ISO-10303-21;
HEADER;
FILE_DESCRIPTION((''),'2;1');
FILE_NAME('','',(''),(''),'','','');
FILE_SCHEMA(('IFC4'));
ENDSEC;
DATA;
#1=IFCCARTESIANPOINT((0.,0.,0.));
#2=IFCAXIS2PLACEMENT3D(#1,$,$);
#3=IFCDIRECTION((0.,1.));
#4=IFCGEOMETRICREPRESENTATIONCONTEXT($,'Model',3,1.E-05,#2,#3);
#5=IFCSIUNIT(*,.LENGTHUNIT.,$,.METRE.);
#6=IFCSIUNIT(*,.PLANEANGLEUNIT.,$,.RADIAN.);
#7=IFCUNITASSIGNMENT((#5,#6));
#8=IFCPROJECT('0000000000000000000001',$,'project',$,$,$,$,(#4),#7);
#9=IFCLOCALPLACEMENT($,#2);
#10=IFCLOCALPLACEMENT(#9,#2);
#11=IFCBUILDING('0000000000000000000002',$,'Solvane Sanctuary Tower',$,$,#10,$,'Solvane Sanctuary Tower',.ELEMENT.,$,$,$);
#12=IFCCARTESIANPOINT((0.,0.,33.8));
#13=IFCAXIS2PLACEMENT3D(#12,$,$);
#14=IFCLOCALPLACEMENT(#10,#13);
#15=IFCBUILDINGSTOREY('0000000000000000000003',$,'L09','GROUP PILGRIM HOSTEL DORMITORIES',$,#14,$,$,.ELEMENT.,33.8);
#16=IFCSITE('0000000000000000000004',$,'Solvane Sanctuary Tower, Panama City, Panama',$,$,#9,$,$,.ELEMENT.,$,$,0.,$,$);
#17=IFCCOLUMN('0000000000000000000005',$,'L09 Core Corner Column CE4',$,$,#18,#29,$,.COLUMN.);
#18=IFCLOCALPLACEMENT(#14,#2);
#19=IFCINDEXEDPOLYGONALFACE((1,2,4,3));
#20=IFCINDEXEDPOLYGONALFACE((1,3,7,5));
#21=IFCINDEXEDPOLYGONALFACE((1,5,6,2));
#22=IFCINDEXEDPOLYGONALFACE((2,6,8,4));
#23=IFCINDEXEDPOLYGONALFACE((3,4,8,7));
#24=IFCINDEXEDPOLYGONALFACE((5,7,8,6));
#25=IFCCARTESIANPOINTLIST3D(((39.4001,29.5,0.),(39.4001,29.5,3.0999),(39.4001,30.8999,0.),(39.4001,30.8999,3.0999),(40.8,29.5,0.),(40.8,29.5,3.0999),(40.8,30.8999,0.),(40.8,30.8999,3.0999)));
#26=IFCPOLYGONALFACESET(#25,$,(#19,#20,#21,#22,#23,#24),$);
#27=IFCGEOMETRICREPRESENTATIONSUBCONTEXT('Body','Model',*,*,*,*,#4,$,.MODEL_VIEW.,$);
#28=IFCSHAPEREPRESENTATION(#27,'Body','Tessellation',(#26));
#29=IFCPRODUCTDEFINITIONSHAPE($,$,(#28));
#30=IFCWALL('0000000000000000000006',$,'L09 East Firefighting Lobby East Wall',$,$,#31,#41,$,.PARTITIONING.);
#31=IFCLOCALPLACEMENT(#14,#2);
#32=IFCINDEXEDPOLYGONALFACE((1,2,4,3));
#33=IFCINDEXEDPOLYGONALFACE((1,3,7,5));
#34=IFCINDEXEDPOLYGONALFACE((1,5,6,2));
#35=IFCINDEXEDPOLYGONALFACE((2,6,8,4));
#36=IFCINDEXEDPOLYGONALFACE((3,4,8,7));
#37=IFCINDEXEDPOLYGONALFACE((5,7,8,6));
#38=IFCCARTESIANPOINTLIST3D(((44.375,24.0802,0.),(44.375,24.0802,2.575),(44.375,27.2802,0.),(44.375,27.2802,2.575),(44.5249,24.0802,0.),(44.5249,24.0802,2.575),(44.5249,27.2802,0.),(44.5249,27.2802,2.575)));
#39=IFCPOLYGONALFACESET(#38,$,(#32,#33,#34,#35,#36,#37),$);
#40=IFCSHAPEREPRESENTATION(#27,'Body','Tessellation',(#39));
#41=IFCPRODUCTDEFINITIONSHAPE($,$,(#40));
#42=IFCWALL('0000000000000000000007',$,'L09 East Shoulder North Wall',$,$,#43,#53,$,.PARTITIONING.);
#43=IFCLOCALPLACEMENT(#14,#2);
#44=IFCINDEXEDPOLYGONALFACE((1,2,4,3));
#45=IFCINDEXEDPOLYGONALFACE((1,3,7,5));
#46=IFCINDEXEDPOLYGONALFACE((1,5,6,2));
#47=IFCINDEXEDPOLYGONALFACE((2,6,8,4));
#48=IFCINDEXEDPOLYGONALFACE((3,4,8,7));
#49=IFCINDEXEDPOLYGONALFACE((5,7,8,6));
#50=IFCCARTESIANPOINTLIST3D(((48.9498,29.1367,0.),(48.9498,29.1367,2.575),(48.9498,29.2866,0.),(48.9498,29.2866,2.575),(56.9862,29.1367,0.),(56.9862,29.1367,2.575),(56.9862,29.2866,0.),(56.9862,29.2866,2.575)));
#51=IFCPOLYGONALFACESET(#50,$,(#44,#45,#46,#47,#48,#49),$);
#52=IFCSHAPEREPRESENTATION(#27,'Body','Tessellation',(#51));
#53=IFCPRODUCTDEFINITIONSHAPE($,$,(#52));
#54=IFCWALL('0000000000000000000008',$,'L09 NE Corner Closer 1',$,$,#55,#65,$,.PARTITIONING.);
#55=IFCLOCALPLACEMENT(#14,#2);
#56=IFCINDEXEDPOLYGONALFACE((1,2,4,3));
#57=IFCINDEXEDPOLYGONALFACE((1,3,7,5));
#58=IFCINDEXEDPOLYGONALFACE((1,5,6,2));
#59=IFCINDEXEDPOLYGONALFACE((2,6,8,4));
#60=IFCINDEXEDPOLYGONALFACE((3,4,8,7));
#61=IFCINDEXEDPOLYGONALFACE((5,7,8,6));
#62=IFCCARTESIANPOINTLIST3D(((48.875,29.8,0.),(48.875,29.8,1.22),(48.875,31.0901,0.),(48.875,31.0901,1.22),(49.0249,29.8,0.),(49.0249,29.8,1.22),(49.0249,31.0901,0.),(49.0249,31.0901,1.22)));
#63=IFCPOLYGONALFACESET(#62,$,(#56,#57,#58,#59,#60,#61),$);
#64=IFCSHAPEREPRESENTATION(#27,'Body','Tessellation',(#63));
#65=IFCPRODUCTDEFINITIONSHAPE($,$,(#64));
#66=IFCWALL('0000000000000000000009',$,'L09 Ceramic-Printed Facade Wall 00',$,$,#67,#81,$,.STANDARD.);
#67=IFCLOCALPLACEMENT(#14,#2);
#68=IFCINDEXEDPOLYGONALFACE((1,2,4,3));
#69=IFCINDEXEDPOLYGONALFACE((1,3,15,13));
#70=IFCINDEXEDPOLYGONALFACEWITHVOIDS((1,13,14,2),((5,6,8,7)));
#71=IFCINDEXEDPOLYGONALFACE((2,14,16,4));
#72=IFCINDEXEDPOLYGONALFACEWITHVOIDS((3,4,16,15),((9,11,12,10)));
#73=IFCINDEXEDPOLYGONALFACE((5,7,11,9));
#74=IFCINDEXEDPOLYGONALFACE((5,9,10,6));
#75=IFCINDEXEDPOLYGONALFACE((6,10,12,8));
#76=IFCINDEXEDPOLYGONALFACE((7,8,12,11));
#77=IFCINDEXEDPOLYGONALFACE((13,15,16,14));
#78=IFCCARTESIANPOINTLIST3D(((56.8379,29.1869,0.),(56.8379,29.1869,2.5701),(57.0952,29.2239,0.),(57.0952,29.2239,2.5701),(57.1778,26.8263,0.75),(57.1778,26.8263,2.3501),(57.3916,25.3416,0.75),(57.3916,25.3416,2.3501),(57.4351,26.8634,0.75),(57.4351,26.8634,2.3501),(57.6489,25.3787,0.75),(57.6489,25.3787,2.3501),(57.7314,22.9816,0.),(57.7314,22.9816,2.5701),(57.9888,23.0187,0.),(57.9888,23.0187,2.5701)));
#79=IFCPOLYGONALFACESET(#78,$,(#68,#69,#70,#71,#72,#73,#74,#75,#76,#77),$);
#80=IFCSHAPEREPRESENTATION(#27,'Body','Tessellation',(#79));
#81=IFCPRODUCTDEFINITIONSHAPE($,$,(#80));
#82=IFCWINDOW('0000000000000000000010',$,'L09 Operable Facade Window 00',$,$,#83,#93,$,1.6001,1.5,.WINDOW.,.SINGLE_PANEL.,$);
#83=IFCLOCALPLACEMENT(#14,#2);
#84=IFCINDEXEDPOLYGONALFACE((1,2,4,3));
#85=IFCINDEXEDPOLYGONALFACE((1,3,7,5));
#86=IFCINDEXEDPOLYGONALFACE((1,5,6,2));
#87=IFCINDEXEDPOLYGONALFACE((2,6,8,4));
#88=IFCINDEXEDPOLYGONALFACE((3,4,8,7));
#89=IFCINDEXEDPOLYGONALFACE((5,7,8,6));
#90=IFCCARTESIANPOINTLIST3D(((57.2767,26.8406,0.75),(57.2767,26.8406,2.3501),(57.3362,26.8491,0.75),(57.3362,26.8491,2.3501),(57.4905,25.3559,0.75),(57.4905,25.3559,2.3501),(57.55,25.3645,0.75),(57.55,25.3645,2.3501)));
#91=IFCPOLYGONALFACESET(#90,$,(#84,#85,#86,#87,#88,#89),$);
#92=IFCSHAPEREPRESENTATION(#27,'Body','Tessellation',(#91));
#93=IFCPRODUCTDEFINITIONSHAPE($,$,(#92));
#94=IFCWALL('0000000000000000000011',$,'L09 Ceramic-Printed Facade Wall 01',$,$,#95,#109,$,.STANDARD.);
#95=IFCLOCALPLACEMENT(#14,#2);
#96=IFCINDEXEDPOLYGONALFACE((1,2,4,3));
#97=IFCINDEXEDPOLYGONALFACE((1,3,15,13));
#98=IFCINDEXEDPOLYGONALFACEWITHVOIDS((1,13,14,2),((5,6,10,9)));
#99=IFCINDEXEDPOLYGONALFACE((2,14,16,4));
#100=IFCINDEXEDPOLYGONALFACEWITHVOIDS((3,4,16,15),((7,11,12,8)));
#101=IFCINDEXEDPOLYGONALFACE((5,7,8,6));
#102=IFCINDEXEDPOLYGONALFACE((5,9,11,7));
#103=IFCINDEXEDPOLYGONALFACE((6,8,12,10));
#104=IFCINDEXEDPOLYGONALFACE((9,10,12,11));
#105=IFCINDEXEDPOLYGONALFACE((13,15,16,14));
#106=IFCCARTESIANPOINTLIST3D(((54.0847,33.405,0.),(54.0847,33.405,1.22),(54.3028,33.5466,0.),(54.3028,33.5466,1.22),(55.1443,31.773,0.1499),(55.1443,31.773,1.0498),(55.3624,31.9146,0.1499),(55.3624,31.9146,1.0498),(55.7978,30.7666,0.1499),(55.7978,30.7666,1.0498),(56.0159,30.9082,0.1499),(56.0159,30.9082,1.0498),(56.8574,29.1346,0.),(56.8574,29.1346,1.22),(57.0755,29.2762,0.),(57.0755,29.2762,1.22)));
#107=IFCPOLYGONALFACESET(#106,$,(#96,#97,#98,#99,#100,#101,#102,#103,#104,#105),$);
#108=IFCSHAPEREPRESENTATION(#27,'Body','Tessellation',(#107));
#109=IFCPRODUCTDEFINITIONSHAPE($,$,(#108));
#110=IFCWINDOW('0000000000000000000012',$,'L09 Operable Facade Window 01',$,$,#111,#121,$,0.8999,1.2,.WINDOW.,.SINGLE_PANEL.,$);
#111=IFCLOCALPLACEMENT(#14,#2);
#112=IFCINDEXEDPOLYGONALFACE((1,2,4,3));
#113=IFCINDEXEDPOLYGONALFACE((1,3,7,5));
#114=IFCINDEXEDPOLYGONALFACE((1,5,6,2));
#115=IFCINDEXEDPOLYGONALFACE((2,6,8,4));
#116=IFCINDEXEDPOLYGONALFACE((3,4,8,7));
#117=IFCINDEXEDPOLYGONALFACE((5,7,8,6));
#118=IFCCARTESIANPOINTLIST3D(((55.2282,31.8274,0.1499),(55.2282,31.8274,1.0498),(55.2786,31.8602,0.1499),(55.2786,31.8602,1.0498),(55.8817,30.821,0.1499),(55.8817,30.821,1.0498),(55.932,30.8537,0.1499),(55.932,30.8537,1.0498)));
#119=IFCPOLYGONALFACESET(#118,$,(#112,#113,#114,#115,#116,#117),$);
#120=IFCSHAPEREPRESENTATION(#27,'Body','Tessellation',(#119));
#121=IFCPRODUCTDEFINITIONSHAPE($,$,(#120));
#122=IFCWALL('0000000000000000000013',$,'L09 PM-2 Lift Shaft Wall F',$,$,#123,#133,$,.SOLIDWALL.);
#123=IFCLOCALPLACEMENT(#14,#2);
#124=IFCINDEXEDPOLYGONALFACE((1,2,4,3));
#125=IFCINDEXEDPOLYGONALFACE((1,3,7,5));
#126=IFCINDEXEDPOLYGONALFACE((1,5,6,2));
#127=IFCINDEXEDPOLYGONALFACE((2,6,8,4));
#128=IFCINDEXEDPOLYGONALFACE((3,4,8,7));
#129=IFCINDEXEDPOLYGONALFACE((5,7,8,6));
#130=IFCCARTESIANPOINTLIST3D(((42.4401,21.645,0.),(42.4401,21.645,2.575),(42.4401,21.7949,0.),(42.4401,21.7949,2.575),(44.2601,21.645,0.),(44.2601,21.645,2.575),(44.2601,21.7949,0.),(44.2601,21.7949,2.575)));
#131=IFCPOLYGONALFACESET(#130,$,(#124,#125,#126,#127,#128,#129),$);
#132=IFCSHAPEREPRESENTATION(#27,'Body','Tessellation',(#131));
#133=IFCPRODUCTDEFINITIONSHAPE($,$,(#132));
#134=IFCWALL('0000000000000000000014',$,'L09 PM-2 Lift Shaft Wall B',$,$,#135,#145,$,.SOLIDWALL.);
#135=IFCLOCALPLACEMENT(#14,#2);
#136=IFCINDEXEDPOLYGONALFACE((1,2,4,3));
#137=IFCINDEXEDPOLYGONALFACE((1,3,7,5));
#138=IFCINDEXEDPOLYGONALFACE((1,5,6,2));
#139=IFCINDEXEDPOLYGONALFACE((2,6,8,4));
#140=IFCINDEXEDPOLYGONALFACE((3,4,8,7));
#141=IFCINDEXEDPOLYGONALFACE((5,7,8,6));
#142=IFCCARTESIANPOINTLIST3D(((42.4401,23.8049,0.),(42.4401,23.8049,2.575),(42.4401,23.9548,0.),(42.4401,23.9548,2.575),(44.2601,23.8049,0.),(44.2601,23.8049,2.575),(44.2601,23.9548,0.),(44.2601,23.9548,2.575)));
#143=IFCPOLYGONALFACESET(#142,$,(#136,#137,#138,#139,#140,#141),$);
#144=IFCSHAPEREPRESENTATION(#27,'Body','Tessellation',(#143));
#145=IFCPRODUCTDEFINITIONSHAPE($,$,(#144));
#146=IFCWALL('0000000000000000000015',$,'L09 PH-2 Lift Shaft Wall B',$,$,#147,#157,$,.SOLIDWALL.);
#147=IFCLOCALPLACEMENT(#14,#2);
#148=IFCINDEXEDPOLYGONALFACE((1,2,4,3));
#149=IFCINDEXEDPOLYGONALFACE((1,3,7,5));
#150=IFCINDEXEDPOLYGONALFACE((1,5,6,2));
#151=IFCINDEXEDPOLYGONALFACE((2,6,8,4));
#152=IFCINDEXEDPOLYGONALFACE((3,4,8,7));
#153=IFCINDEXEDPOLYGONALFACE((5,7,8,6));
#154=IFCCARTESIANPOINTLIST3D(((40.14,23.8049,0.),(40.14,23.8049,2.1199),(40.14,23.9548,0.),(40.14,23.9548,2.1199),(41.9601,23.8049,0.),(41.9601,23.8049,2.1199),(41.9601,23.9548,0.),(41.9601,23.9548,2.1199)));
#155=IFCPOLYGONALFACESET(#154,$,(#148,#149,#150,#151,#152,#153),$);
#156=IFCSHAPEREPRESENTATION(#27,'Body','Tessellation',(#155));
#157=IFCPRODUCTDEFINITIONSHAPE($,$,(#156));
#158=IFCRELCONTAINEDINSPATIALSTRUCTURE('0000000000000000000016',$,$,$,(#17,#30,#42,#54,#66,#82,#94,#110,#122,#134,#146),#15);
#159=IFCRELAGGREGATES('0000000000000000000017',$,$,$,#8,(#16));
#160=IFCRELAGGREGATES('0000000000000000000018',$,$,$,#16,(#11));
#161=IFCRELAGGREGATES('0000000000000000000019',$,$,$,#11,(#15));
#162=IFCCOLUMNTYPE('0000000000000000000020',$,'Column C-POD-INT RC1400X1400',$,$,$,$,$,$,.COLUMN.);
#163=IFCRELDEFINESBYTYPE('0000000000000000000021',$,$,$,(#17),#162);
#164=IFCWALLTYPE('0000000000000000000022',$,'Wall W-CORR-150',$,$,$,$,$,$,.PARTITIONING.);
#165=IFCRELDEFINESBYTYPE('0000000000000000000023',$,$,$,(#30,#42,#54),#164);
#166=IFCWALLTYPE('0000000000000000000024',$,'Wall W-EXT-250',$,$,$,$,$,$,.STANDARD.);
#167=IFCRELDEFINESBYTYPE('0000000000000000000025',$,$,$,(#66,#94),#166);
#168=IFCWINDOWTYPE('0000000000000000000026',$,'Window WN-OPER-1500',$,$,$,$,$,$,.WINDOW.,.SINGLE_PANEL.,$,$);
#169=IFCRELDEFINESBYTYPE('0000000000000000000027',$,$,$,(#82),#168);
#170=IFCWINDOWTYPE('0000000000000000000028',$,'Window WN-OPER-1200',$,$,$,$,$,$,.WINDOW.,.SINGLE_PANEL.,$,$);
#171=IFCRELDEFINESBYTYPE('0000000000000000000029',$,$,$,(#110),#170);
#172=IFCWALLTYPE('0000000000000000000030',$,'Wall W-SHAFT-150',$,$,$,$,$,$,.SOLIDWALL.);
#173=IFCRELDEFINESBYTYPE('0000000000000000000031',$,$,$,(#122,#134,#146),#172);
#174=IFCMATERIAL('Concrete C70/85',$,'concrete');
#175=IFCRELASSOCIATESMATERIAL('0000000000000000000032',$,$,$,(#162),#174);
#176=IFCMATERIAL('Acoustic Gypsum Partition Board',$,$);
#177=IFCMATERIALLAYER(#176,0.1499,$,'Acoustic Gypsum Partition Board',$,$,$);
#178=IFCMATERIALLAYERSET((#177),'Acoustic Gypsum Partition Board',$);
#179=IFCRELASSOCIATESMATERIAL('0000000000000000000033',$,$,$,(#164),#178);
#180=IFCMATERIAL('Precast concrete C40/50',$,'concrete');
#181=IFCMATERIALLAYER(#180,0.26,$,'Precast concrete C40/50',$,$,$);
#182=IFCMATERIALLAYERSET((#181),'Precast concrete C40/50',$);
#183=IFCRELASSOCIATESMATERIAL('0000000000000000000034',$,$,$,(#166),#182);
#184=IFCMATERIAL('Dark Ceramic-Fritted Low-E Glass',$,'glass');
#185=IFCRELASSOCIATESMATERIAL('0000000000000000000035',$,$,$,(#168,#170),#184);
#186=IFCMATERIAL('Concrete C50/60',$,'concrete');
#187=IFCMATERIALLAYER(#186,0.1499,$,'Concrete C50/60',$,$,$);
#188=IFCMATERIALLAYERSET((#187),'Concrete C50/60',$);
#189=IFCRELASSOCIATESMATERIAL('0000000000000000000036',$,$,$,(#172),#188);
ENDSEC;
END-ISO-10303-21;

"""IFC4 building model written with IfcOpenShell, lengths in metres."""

from ifc_helpers import new_model, si_unit, direction, frame, frame_2d, origin, origin_2d, place, context, subcontext, project, spatial, rectangle, extrude, material, layer, layer_set, material_profile, profile_set, type_object, element, fill, save


model = new_model("IFC4")

# Units and contexts
model_context = context("Model", 3, precision=1e-05, world=origin(), true_north=direction((0.0, 1.0)))
body_context = subcontext(model_context, "Body", "Model", "MODEL_VIEW")
ifc_project = project(units=[si_unit("LENGTHUNIT", "METRE"), si_unit("PLANEANGLEUNIT", "RADIAN")], contexts=[model_context])

# Site, building, storey
site_placement = place(None, origin())
site = spatial("IfcSite", under=ifc_project, at=site_placement, Name="Solvane Sanctuary Tower, Panama City, Panama", CompositionType="ELEMENT", RefElevation=0.0)
building_placement = place(site_placement, origin())
building = spatial("IfcBuilding", under=site, at=building_placement, Name="Solvane Sanctuary Tower", LongName="Solvane Sanctuary Tower", CompositionType="ELEMENT")
storey_placement = place(building_placement, frame((0.0, 0.0, 33.8)))
storey = spatial("IfcBuildingStorey", under=building, at=storey_placement, Name="L09", Description="GROUP PILGRIM HOSTEL DORMITORIES", CompositionType="ELEMENT", Elevation=33.8)

# Column
ifc_material_1 = material(Name="Concrete C70/85", Category="concrete")
ifc_material_profile = material_profile(ifc_material_1, rectangle(XDim=1.3999, YDim=1.3999, at=origin_2d()), Name="RC1400X1400")
ifc_profile_set = profile_set([ifc_material_profile], Name="Concrete C70/85")
column_type = type_object("IfcColumnType", Name="Column C-POD-INT RC1400X1400", PredefinedType="COLUMN", material=ifc_profile_set)
column_placement = place(storey_placement, frame((40.1001, 30.2, 0.0), z_axis=(0.0, 0.0, 1.0), x_axis=(1.0, 0.0, 0.0)))
element("IfcColumn", 1, at=column_placement, inside=storey, type_object=column_type, Name="L09 Core Corner Column CE4", PredefinedType="COLUMN", context=body_context, shape_type="SweptSolid", body=[
    extrude(rectangle(XDim=1.3999, YDim=1.3999, at=origin_2d()), origin(), (0.0, 0.0, 1.0), 3.0999),
])

# Walls
ifc_material_2 = material(Name="Acoustic Gypsum Partition Board")
ifc_layer_1 = layer(ifc_material_2, 0.1499, Name="Acoustic Gypsum Partition Board")
ifc_layer_set_1 = layer_set([ifc_layer_1], Name="Acoustic Gypsum Partition Board")
wall_type_1 = type_object("IfcWallType", Name="Wall W-CORR-150", PredefinedType="PARTITIONING", material=ifc_layer_set_1)
wall_1_placement = place(storey_placement, frame((44.45, 24.0801, 0.0), z_axis=(0.0, 0.0, 1.0), x_axis=(0.0, 1.0, 0.0)))
element("IfcWall", 2, at=wall_1_placement, inside=storey, type_object=wall_type_1, Name="L09 East Firefighting Lobby East Wall", PredefinedType="PARTITIONING", context=body_context, shape_type="SweptSolid", body=[
    extrude(rectangle(XDim=3.2, YDim=0.1499, at=frame_2d((1.6001, 0.0))), origin(), (0.0, 0.0, 1.0), 2.575),
])
wall_2_placement = place(storey_placement, frame((48.95, 29.2117, 0.0), z_axis=(0.0, 0.0, 1.0), x_axis=(1.0, 0.0, 0.0)))
element("IfcWall", 3, at=wall_2_placement, inside=storey, type_object=wall_type_1, Name="L09 East Shoulder North Wall", PredefinedType="PARTITIONING", context=body_context, shape_type="SweptSolid", body=[
    extrude(rectangle(XDim=8.0364, YDim=0.1499, at=frame_2d((4.0181, 0.0))), origin(), (0.0, 0.0, 1.0), 2.575),
])
wall_3_placement = place(storey_placement, frame((48.95, 29.8, 0.0), z_axis=(0.0, 0.0, 1.0), x_axis=(0.0, 1.0, 0.0)))
element("IfcWall", 4, at=wall_3_placement, inside=storey, type_object=wall_type_1, Name="L09 NE Corner Closer 1", PredefinedType="PARTITIONING", context=body_context, shape_type="SweptSolid", body=[
    extrude(rectangle(XDim=1.29, YDim=0.1499, at=frame_2d((0.645, 0.0))), origin(), (0.0, 0.0, 1.0), 1.22),
])

# Walls, openings, windows
ifc_material_3 = material(Name="Precast concrete C40/50", Category="concrete")
ifc_layer_2 = layer(ifc_material_3, 0.26, Name="Precast concrete C40/50")
ifc_layer_set_2 = layer_set([ifc_layer_2], Name="Precast concrete C40/50")
wall_type_2 = type_object("IfcWallType", Name="Wall W-EXT-250", PredefinedType="STANDARD", material=ifc_layer_set_2)
wall_4_placement = place(storey_placement, frame((57.8601, 23.0, 0.0), z_axis=(0.0, 0.0, 1.0), x_axis=(-0.142528, 0.989791, 0.0)))
wall_4 = element("IfcWall", 5, at=wall_4_placement, inside=storey, type_object=wall_type_2, Name="L09 Ceramic-Printed Facade Wall 00", PredefinedType="STANDARD", context=body_context, shape_type="SweptSolid", body=[
    extrude(rectangle(XDim=6.2693, YDim=0.26, at=frame_2d((3.1348, 0.0))), origin(), (0.0, 0.0, 1.0), 2.5701),
])
opening_1_placement = place(wall_4_placement, frame((2.3845, 0.0, 0.75)))
opening_1 = element("IfcOpeningElement", 6, at=opening_1_placement, cuts=wall_4, PredefinedType="OPENING", context=body_context, shape_type="SweptSolid", body=[
    extrude(rectangle(XDim=1.5, YDim=1.6001, at=frame_2d((0.75, 0.8))), frame((0.0, 0.1399, 0.0), z_axis=(0.0, -1.0, 0.0), x_axis=(1.0, 0.0, 0.0)), (0.0, 0.0, 1.0), 0.28),
])
ifc_material_4 = material(Name="Dark Ceramic-Fritted Low-E Glass", Category="glass")
window_type_1 = type_object("IfcWindowType", Name="Window WN-OPER-1500", PartitioningType="SINGLE_PANEL", PredefinedType="WINDOW", material=ifc_material_4)
window_1_placement = place(opening_1_placement, origin())
window_1 = element("IfcWindow", 7, at=window_1_placement, inside=storey, type_object=window_type_1, Name="L09 Operable Facade Window 00", OverallHeight=1.6001, OverallWidth=1.5, PartitioningType="SINGLE_PANEL", PredefinedType="WINDOW", context=body_context, shape_type="SweptSolid", body=[
    extrude(rectangle(XDim=1.5, YDim=1.6001, at=frame_2d((0.75, 0.8))), frame((0.0, 0.03, 0.0), z_axis=(0.0, -1.0, 0.0), x_axis=(1.0, 0.0, 0.0)), (0.0, 0.0, 1.0), 0.0601),
])
fill(opening_1, window_1)
wall_5_placement = place(storey_placement, frame((56.9666, 29.2053, 0.0), z_axis=(0.0, 0.0, 1.0), x_axis=(-0.544579, 0.83871, 0.0)))
wall_5 = element("IfcWall", 8, at=wall_5_placement, inside=storey, type_object=wall_type_2, Name="L09 Ceramic-Printed Facade Wall 01", PredefinedType="STANDARD", context=body_context, shape_type="SweptSolid", body=[
    extrude(rectangle(XDim=5.0916, YDim=0.26, at=frame_2d((2.5459, 0.0))), origin(), (0.0, 0.0, 1.0), 1.22),
])
opening_2_placement = place(wall_5_placement, frame((1.9458, 0.0, 0.1499)))
opening_2 = element("IfcOpeningElement", 9, at=opening_2_placement, cuts=wall_5, PredefinedType="OPENING", context=body_context, shape_type="SweptSolid", body=[
    extrude(rectangle(XDim=1.2, YDim=0.8999, at=frame_2d((0.6001, 0.45))), frame((0.0, 0.1399, 0.0), z_axis=(0.0, -1.0, 0.0), x_axis=(1.0, 0.0, 0.0)), (0.0, 0.0, 1.0), 0.28),
])
window_type_2 = type_object("IfcWindowType", Name="Window WN-OPER-1200", PartitioningType="SINGLE_PANEL", PredefinedType="WINDOW", material=ifc_material_4)
window_2_placement = place(opening_2_placement, origin())
window_2 = element("IfcWindow", 10, at=window_2_placement, inside=storey, type_object=window_type_2, Name="L09 Operable Facade Window 01", OverallHeight=0.8999, OverallWidth=1.2, PartitioningType="SINGLE_PANEL", PredefinedType="WINDOW", context=body_context, shape_type="SweptSolid", body=[
    extrude(rectangle(XDim=1.2, YDim=0.8999, at=frame_2d((0.6001, 0.45))), frame((0.0, 0.03, 0.0), z_axis=(0.0, -1.0, 0.0), x_axis=(1.0, 0.0, 0.0)), (0.0, 0.0, 1.0), 0.0601),
])
fill(opening_2, window_2)

# Walls
ifc_material_5 = material(Name="Concrete C50/60", Category="concrete")
ifc_layer_3 = layer(ifc_material_5, 0.1499, Name="Concrete C50/60")
ifc_layer_set_3 = layer_set([ifc_layer_3], Name="Concrete C50/60")
wall_type_3 = type_object("IfcWallType", Name="Wall W-SHAFT-150", PredefinedType="SOLIDWALL", material=ifc_layer_set_3)
for number, where, z_axis, x_axis, name in (
    (11, (42.4399, 21.72, 0.0), (0.0, 0.0, 1.0), (1.0, 0.0, 0.0), "L09 PM-2 Lift Shaft Wall F"),
    (12, (42.4399, 23.8799, 0.0), (0.0, 0.0, 1.0), (1.0, 0.0, 0.0), "L09 PM-2 Lift Shaft Wall B"),
):
    element("IfcWall", number, at=place(storey_placement, frame(where, z_axis=z_axis, x_axis=x_axis)), inside=storey, type_object=wall_type_3, Name=name, PredefinedType="SOLIDWALL", context=body_context, shape_type="SweptSolid", body=[
        extrude(rectangle(XDim=1.8201, YDim=0.1499, at=frame_2d((0.9102, 0.0))), origin(), (0.0, 0.0, 1.0), 2.575),
    ])
wall_6_placement = place(storey_placement, frame((40.1399, 23.8799, 0.0), z_axis=(0.0, 0.0, 1.0), x_axis=(1.0, 0.0, 0.0)))
element("IfcWall", 13, at=wall_6_placement, inside=storey, type_object=wall_type_3, Name="L09 PH-2 Lift Shaft Wall B", PredefinedType="SOLIDWALL", context=body_context, shape_type="SweptSolid", body=[
    extrude(rectangle(XDim=1.8201, YDim=0.1499, at=frame_2d((0.9102, 0.0))), origin(), (0.0, 0.0, 1.0), 2.1199),
])

save(model, "model.ifc")
